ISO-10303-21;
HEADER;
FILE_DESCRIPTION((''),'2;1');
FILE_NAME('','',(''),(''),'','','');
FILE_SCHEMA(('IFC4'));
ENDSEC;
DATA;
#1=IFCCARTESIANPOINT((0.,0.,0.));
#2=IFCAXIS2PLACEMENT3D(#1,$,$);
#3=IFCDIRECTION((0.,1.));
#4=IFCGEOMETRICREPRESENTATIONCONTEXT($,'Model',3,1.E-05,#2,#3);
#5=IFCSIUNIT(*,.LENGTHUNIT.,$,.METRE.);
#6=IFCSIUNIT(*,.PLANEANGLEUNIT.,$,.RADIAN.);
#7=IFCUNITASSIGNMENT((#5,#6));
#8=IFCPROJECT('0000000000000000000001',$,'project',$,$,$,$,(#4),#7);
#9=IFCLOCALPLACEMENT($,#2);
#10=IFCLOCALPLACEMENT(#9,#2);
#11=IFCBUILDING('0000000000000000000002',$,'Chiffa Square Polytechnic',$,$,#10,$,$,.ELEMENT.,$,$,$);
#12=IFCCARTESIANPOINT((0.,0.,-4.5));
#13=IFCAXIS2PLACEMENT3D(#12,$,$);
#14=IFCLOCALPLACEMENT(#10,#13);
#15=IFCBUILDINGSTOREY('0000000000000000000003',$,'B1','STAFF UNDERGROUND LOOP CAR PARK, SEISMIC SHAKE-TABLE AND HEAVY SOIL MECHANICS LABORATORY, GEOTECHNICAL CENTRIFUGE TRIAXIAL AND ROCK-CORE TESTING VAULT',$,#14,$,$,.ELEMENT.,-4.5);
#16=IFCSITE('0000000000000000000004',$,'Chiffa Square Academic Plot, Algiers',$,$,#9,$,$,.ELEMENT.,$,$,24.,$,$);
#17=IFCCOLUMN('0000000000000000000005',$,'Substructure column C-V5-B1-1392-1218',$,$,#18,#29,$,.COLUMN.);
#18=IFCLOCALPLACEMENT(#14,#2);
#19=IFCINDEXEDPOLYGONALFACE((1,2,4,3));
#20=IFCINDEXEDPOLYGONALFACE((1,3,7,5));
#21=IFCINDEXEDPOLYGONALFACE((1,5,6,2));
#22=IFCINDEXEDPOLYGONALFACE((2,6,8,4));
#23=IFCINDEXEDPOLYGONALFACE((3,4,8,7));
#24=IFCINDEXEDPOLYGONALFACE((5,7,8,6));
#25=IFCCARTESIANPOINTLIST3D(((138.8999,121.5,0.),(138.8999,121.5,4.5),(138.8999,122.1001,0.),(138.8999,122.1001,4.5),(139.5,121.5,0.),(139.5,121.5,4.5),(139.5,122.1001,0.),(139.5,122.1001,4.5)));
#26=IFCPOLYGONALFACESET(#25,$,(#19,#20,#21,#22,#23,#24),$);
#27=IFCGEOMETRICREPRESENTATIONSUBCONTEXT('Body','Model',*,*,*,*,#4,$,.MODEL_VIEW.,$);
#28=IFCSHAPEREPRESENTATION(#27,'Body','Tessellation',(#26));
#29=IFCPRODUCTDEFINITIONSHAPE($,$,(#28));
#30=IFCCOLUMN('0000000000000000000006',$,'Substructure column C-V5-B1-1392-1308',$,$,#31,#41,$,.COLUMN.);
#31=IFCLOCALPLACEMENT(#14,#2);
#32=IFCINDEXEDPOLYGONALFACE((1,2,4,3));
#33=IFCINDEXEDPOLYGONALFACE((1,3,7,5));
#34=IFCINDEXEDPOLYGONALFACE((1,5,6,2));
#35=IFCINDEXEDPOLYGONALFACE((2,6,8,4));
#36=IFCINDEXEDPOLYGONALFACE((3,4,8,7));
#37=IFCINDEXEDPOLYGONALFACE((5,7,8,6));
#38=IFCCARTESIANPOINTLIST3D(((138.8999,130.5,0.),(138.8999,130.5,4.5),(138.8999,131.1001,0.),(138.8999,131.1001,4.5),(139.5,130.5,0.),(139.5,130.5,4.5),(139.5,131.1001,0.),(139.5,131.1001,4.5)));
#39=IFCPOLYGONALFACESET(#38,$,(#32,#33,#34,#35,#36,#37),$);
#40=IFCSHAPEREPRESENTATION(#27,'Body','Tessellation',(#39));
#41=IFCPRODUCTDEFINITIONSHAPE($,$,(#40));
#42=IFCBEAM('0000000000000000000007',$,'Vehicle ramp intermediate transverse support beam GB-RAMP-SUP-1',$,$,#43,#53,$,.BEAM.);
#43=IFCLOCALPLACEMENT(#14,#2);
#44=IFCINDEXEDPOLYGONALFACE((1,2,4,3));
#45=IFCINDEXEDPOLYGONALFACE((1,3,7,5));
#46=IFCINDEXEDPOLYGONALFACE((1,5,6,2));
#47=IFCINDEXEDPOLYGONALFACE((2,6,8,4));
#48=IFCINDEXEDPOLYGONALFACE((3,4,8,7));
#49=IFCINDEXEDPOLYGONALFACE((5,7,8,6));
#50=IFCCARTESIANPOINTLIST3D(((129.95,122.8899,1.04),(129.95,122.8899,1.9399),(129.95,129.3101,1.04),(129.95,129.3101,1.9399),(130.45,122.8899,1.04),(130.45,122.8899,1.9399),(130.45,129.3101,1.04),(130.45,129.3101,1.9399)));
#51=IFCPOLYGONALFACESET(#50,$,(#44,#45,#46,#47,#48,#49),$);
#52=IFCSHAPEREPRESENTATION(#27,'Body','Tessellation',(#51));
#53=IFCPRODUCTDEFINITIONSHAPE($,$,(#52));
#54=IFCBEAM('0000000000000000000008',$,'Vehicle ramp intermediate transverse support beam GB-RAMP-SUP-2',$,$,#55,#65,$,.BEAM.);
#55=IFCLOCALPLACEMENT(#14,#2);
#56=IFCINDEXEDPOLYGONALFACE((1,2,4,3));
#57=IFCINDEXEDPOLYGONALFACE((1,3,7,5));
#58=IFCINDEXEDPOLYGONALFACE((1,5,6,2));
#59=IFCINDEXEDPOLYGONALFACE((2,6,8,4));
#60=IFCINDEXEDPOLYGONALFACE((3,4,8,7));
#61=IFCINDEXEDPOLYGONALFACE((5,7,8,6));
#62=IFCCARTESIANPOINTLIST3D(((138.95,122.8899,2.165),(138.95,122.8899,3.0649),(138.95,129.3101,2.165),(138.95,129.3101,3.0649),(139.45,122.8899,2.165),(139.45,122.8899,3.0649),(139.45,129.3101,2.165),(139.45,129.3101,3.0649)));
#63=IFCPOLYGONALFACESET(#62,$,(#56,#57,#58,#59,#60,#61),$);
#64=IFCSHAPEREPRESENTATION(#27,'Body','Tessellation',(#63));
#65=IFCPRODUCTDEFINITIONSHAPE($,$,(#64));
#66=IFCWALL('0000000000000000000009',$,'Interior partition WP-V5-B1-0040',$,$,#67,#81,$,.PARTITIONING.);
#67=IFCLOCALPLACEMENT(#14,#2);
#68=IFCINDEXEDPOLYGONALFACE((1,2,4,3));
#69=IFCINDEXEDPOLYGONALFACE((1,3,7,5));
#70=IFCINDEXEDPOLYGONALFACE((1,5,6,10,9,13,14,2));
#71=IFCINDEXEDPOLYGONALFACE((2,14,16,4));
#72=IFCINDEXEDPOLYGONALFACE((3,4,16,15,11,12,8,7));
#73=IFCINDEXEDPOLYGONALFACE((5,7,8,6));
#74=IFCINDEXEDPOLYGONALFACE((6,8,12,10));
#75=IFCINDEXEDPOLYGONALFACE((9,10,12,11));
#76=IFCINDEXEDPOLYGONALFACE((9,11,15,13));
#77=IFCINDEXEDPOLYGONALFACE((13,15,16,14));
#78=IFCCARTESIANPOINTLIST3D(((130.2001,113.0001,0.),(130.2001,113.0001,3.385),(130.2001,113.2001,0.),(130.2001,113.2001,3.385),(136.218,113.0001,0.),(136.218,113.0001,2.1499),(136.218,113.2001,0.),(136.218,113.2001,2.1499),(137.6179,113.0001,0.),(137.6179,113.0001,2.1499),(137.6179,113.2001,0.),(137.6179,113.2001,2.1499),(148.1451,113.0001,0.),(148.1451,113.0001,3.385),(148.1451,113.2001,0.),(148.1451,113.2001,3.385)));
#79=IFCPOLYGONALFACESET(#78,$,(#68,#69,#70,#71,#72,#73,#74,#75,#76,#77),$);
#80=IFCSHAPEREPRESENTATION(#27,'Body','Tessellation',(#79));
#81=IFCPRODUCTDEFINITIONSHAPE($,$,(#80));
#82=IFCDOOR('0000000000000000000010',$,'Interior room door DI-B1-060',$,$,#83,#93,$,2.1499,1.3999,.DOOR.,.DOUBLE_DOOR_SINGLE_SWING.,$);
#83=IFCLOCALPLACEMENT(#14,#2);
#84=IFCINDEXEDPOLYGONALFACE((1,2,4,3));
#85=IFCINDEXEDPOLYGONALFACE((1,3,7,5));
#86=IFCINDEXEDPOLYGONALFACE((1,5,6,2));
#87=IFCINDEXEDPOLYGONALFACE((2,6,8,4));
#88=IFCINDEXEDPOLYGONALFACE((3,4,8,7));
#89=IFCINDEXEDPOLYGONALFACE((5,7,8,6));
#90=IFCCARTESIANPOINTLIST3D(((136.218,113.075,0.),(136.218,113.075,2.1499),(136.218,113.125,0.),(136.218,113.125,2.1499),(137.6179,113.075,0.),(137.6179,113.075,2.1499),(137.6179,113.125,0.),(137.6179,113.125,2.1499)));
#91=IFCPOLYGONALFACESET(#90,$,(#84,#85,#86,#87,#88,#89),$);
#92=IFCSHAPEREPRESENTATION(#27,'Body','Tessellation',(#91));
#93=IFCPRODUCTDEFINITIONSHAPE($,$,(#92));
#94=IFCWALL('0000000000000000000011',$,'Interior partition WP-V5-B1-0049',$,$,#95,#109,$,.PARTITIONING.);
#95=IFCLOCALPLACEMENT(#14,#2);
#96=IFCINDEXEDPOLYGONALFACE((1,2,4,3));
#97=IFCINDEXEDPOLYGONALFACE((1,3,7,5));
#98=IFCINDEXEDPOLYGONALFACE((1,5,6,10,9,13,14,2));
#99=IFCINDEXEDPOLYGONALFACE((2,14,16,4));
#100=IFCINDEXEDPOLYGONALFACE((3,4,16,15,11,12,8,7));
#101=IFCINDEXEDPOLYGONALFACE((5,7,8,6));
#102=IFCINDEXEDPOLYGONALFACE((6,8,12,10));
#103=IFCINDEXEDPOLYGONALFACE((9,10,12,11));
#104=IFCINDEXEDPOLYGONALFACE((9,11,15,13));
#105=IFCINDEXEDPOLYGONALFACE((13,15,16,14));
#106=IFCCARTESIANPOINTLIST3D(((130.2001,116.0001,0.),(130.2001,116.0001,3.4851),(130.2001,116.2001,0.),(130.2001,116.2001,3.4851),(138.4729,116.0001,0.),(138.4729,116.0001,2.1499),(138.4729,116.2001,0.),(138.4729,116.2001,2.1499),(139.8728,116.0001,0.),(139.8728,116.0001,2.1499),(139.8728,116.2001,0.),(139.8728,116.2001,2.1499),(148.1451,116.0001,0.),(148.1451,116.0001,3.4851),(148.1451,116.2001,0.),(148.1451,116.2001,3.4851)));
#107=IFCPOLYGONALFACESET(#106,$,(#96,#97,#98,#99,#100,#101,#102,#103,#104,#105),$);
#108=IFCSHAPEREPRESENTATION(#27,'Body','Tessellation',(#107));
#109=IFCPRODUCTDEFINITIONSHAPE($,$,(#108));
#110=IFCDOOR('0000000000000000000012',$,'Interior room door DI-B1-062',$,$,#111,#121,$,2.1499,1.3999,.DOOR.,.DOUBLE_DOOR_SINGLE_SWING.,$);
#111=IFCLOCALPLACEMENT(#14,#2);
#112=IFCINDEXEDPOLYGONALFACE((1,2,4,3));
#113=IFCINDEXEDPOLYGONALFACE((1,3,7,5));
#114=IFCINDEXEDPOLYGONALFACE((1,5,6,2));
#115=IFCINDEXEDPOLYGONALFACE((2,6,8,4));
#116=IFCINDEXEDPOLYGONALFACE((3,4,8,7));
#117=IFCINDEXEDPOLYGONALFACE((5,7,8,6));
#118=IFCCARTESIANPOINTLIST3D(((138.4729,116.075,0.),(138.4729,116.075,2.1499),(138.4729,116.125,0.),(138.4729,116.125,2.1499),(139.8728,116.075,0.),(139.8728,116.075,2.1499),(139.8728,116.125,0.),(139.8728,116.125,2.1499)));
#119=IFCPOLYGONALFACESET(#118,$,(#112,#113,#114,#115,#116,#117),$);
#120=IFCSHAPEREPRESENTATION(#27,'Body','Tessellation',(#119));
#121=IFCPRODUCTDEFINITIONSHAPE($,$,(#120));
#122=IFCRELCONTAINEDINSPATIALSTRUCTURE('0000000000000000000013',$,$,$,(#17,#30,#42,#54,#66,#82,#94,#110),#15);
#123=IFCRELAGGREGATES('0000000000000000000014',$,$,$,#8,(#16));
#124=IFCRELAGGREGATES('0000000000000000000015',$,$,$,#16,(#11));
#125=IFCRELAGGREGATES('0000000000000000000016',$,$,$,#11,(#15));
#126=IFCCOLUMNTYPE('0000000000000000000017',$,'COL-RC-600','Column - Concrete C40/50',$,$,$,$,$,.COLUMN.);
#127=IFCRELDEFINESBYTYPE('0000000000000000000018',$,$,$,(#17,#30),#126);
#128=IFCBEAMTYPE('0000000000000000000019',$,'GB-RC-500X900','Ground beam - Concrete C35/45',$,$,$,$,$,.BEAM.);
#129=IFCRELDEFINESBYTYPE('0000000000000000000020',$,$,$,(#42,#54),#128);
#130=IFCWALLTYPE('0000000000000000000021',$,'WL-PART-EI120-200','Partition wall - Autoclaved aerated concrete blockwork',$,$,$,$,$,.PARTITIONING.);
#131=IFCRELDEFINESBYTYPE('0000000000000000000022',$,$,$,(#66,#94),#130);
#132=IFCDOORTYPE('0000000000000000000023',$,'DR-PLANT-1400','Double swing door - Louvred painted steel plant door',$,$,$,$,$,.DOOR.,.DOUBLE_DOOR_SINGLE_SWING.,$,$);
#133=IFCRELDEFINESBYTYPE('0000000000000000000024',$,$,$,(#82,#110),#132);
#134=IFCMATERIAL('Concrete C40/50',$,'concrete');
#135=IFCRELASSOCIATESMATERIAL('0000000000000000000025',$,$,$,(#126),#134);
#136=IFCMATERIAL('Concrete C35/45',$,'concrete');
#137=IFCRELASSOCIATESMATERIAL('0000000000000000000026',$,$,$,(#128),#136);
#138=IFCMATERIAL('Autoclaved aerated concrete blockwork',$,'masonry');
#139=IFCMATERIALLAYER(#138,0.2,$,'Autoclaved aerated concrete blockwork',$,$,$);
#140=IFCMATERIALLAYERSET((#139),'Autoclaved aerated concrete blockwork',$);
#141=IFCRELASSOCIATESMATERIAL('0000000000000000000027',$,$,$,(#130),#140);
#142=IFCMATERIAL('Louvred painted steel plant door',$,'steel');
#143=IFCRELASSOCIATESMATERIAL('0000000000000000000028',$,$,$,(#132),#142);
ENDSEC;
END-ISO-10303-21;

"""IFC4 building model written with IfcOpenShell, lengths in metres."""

from ifc_helpers import new_model, si_unit, direction, frame, frame_2d, origin, origin_2d, place, context, subcontext, project, spatial, rectangle, extrude, material, layer, layer_set, material_profile, profile_set, type_object, element, fill, save


model = new_model("IFC4")

# Units and contexts
model_context = context("Model", 3, precision=1e-05, world=origin(), true_north=direction((0.0, 1.0)))
body_context = subcontext(model_context, "Body", "Model", "MODEL_VIEW")
ifc_project = project(units=[si_unit("LENGTHUNIT", "METRE"), si_unit("PLANEANGLEUNIT", "RADIAN")], contexts=[model_context])

# Site, building, storey
site_placement = place(None, origin())
site = spatial("IfcSite", under=ifc_project, at=site_placement, Name="Chiffa Square Academic Plot, Algiers", CompositionType="ELEMENT", RefElevation=24.0)
building_placement = place(site_placement, origin())
building = spatial("IfcBuilding", under=site, at=building_placement, Name="Chiffa Square Polytechnic", CompositionType="ELEMENT")
storey_placement = place(building_placement, frame((0.0, 0.0, -4.5)))
storey = spatial("IfcBuildingStorey", under=building, at=storey_placement, Name="B1", Description="STAFF UNDERGROUND LOOP CAR PARK, SEISMIC SHAKE-TABLE AND HEAVY SOIL MECHANICS LABORATORY, GEOTECHNICAL CENTRIFUGE TRIAXIAL AND ROCK-CORE TESTING VAULT", CompositionType="ELEMENT", Elevation=-4.5)

# Shared definitions
ifc_material_1 = material(Name="Concrete C35/45", Category="concrete")

# Columns
ifc_material_2 = material(Name="Concrete C40/50", Category="concrete")
ifc_material_profile_1 = material_profile(ifc_material_2, rectangle(XDim=0.6001, YDim=0.6001, at=origin_2d()), Name="RC 600x600")
ifc_profile_set_1 = profile_set([ifc_material_profile_1], Name="Concrete C40/50")
column_type_1 = type_object("IfcColumnType", Name="COL-RC-600", Description="Column - Concrete C40/50", PredefinedType="COLUMN", material=ifc_profile_set_1)
for number, where, z_axis, x_axis, name in (
    (1, (139.2, 121.8, 0.0), (0.0, 0.0, 1.0), (1.0, 0.0, 0.0), "Substructure column C-V5-B1-1392-1218"),
    (2, (139.2, 130.8, 0.0), (0.0, 0.0, 1.0), (1.0, 0.0, 0.0), "Substructure column C-V5-B1-1392-1308"),
):
    element("IfcColumn", number, at=place(storey_placement, frame(where, z_axis=z_axis, x_axis=x_axis)), inside=storey, type_object=column_type_1, Name=name, PredefinedType="COLUMN", context=body_context, shape_type="SweptSolid", body=[
        extrude(rectangle(XDim=0.6001, YDim=0.6001, at=origin_2d()), origin(), (0.0, 0.0, 1.0), 4.5),
    ])

# Beams
ifc_material_profile_2 = material_profile(ifc_material_1, rectangle(XDim=0.5, YDim=0.8999, at=origin_2d()), Name="RC 500x900")
ifc_profile_set_2 = profile_set([ifc_material_profile_2], Name="Concrete C35/45")
beam_type = type_object("IfcBeamType", Name="GB-RC-500X900", Description="Ground beam - Concrete C35/45", PredefinedType="BEAM", material=ifc_profile_set_2)
for number, where, z_axis, x_axis, name in (
    (3, (130.2, 122.8899, 1.49), (0.0, 1.0, 0.0), (-1.0, 0.0, 0.0), "Vehicle ramp intermediate transverse support beam GB-RAMP-SUP-1"),
    (4, (139.2, 122.8899, 2.615), (0.0, 1.0, 0.0), (-1.0, 0.0, 0.0), "Vehicle ramp intermediate transverse support beam GB-RAMP-SUP-2"),
):
    element("IfcBeam", number, at=place(storey_placement, frame(where, z_axis=z_axis, x_axis=x_axis)), inside=storey, type_object=beam_type, Name=name, PredefinedType="BEAM", context=body_context, shape_type="SweptSolid", body=[
        extrude(rectangle(XDim=0.5, YDim=0.8999, at=origin_2d()), origin(), (0.0, 0.0, 1.0), 6.4202),
    ])

# Walls, openings, doors
ifc_material_3 = material(Name="Autoclaved aerated concrete blockwork", Category="masonry")
ifc_layer_1 = layer(ifc_material_3, 0.2, Name="Autoclaved aerated concrete blockwork")
ifc_layer_set_1 = layer_set([ifc_layer_1], Name="Autoclaved aerated concrete blockwork")
wall_type = type_object("IfcWallType", Name="WL-PART-EI120-200", Description="Partition wall - Autoclaved aerated concrete blockwork", PredefinedType="PARTITIONING", material=ifc_layer_set_1)
wall_1_placement = place(storey_placement, frame((130.2, 113.1001, 0.0), z_axis=(0.0, 0.0, 1.0), x_axis=(1.0, 0.0, 0.0)))
wall_1 = element("IfcWall", 5, at=wall_1_placement, inside=storey, type_object=wall_type, Name="Interior partition WP-V5-B1-0040", PredefinedType="PARTITIONING", context=body_context, shape_type="SweptSolid", body=[
    extrude(rectangle(XDim=17.9451, YDim=0.2, at=frame_2d((8.9727, 0.0))), origin(), (0.0, 0.0, 1.0), 3.385),
])
opening_1_placement = place(wall_1_placement, frame((6.0181, 0.0, 0.0)))
opening_1 = element("IfcOpeningElement", 6, at=opening_1_placement, cuts=wall_1, PredefinedType="OPENING", context=body_context, shape_type="SweptSolid", body=[
    extrude(rectangle(XDim=1.3999, YDim=2.1499, at=frame_2d((0.7, 1.075))), frame((0.0, 0.1099, 0.0), z_axis=(0.0, -1.0, 0.0), x_axis=(1.0, 0.0, 0.0)), (0.0, 0.0, 1.0), 0.22),
])
ifc_material_4 = material(Name="Louvred painted steel plant door", Category="steel")
door_type = type_object("IfcDoorType", Name="DR-PLANT-1400", Description="Double swing door - Louvred painted steel plant door", OperationType="DOUBLE_DOOR_SINGLE_SWING", PredefinedType="DOOR", material=ifc_material_4)
door_1_placement = place(opening_1_placement, origin())
door_1 = element("IfcDoor", 7, at=door_1_placement, inside=storey, type_object=door_type, Name="Interior room door DI-B1-060", OperationType="DOUBLE_DOOR_SINGLE_SWING", OverallHeight=2.1499, OverallWidth=1.3999, PredefinedType="DOOR", context=body_context, shape_type="SweptSolid", body=[
    extrude(rectangle(XDim=1.3999, YDim=2.1499, at=frame_2d((0.7, 1.075))), frame((0.0, 0.0249, 0.0), z_axis=(0.0, -1.0, 0.0), x_axis=(1.0, 0.0, 0.0)), (0.0, 0.0, 1.0), 0.05),
])
fill(opening_1, door_1)
wall_2_placement = place(storey_placement, frame((130.2, 116.1001, 0.0), z_axis=(0.0, 0.0, 1.0), x_axis=(1.0, 0.0, 0.0)))
wall_2 = element("IfcWall", 8, at=wall_2_placement, inside=storey, type_object=wall_type, Name="Interior partition WP-V5-B1-0049", PredefinedType="PARTITIONING", context=body_context, shape_type="SweptSolid", body=[
    extrude(rectangle(XDim=17.9451, YDim=0.2, at=frame_2d((8.9727, 0.0))), origin(), (0.0, 0.0, 1.0), 3.4851),
])
opening_2_placement = place(wall_2_placement, frame((8.2729, 0.0, 0.0)))
opening_2 = element("IfcOpeningElement", 9, at=opening_2_placement, cuts=wall_2, PredefinedType="OPENING", context=body_context, shape_type="SweptSolid", body=[
    extrude(rectangle(XDim=1.3999, YDim=2.1499, at=frame_2d((0.7, 1.075))), frame((0.0, 0.1099, 0.0), z_axis=(0.0, -1.0, 0.0), x_axis=(1.0, 0.0, 0.0)), (0.0, 0.0, 1.0), 0.22),
])
door_2_placement = place(opening_2_placement, origin())
door_2 = element("IfcDoor", 10, at=door_2_placement, inside=storey, type_object=door_type, Name="Interior room door DI-B1-062", OperationType="DOUBLE_DOOR_SINGLE_SWING", OverallHeight=2.1499, OverallWidth=1.3999, PredefinedType="DOOR", context=body_context, shape_type="SweptSolid", body=[
    extrude(rectangle(XDim=1.3999, YDim=2.1499, at=frame_2d((0.7, 1.075))), frame((0.0, 0.0249, 0.0), z_axis=(0.0, -1.0, 0.0), x_axis=(1.0, 0.0, 0.0)), (0.0, 0.0, 1.0), 0.05),
])
fill(opening_2, door_2)

save(model, "model.ifc")
